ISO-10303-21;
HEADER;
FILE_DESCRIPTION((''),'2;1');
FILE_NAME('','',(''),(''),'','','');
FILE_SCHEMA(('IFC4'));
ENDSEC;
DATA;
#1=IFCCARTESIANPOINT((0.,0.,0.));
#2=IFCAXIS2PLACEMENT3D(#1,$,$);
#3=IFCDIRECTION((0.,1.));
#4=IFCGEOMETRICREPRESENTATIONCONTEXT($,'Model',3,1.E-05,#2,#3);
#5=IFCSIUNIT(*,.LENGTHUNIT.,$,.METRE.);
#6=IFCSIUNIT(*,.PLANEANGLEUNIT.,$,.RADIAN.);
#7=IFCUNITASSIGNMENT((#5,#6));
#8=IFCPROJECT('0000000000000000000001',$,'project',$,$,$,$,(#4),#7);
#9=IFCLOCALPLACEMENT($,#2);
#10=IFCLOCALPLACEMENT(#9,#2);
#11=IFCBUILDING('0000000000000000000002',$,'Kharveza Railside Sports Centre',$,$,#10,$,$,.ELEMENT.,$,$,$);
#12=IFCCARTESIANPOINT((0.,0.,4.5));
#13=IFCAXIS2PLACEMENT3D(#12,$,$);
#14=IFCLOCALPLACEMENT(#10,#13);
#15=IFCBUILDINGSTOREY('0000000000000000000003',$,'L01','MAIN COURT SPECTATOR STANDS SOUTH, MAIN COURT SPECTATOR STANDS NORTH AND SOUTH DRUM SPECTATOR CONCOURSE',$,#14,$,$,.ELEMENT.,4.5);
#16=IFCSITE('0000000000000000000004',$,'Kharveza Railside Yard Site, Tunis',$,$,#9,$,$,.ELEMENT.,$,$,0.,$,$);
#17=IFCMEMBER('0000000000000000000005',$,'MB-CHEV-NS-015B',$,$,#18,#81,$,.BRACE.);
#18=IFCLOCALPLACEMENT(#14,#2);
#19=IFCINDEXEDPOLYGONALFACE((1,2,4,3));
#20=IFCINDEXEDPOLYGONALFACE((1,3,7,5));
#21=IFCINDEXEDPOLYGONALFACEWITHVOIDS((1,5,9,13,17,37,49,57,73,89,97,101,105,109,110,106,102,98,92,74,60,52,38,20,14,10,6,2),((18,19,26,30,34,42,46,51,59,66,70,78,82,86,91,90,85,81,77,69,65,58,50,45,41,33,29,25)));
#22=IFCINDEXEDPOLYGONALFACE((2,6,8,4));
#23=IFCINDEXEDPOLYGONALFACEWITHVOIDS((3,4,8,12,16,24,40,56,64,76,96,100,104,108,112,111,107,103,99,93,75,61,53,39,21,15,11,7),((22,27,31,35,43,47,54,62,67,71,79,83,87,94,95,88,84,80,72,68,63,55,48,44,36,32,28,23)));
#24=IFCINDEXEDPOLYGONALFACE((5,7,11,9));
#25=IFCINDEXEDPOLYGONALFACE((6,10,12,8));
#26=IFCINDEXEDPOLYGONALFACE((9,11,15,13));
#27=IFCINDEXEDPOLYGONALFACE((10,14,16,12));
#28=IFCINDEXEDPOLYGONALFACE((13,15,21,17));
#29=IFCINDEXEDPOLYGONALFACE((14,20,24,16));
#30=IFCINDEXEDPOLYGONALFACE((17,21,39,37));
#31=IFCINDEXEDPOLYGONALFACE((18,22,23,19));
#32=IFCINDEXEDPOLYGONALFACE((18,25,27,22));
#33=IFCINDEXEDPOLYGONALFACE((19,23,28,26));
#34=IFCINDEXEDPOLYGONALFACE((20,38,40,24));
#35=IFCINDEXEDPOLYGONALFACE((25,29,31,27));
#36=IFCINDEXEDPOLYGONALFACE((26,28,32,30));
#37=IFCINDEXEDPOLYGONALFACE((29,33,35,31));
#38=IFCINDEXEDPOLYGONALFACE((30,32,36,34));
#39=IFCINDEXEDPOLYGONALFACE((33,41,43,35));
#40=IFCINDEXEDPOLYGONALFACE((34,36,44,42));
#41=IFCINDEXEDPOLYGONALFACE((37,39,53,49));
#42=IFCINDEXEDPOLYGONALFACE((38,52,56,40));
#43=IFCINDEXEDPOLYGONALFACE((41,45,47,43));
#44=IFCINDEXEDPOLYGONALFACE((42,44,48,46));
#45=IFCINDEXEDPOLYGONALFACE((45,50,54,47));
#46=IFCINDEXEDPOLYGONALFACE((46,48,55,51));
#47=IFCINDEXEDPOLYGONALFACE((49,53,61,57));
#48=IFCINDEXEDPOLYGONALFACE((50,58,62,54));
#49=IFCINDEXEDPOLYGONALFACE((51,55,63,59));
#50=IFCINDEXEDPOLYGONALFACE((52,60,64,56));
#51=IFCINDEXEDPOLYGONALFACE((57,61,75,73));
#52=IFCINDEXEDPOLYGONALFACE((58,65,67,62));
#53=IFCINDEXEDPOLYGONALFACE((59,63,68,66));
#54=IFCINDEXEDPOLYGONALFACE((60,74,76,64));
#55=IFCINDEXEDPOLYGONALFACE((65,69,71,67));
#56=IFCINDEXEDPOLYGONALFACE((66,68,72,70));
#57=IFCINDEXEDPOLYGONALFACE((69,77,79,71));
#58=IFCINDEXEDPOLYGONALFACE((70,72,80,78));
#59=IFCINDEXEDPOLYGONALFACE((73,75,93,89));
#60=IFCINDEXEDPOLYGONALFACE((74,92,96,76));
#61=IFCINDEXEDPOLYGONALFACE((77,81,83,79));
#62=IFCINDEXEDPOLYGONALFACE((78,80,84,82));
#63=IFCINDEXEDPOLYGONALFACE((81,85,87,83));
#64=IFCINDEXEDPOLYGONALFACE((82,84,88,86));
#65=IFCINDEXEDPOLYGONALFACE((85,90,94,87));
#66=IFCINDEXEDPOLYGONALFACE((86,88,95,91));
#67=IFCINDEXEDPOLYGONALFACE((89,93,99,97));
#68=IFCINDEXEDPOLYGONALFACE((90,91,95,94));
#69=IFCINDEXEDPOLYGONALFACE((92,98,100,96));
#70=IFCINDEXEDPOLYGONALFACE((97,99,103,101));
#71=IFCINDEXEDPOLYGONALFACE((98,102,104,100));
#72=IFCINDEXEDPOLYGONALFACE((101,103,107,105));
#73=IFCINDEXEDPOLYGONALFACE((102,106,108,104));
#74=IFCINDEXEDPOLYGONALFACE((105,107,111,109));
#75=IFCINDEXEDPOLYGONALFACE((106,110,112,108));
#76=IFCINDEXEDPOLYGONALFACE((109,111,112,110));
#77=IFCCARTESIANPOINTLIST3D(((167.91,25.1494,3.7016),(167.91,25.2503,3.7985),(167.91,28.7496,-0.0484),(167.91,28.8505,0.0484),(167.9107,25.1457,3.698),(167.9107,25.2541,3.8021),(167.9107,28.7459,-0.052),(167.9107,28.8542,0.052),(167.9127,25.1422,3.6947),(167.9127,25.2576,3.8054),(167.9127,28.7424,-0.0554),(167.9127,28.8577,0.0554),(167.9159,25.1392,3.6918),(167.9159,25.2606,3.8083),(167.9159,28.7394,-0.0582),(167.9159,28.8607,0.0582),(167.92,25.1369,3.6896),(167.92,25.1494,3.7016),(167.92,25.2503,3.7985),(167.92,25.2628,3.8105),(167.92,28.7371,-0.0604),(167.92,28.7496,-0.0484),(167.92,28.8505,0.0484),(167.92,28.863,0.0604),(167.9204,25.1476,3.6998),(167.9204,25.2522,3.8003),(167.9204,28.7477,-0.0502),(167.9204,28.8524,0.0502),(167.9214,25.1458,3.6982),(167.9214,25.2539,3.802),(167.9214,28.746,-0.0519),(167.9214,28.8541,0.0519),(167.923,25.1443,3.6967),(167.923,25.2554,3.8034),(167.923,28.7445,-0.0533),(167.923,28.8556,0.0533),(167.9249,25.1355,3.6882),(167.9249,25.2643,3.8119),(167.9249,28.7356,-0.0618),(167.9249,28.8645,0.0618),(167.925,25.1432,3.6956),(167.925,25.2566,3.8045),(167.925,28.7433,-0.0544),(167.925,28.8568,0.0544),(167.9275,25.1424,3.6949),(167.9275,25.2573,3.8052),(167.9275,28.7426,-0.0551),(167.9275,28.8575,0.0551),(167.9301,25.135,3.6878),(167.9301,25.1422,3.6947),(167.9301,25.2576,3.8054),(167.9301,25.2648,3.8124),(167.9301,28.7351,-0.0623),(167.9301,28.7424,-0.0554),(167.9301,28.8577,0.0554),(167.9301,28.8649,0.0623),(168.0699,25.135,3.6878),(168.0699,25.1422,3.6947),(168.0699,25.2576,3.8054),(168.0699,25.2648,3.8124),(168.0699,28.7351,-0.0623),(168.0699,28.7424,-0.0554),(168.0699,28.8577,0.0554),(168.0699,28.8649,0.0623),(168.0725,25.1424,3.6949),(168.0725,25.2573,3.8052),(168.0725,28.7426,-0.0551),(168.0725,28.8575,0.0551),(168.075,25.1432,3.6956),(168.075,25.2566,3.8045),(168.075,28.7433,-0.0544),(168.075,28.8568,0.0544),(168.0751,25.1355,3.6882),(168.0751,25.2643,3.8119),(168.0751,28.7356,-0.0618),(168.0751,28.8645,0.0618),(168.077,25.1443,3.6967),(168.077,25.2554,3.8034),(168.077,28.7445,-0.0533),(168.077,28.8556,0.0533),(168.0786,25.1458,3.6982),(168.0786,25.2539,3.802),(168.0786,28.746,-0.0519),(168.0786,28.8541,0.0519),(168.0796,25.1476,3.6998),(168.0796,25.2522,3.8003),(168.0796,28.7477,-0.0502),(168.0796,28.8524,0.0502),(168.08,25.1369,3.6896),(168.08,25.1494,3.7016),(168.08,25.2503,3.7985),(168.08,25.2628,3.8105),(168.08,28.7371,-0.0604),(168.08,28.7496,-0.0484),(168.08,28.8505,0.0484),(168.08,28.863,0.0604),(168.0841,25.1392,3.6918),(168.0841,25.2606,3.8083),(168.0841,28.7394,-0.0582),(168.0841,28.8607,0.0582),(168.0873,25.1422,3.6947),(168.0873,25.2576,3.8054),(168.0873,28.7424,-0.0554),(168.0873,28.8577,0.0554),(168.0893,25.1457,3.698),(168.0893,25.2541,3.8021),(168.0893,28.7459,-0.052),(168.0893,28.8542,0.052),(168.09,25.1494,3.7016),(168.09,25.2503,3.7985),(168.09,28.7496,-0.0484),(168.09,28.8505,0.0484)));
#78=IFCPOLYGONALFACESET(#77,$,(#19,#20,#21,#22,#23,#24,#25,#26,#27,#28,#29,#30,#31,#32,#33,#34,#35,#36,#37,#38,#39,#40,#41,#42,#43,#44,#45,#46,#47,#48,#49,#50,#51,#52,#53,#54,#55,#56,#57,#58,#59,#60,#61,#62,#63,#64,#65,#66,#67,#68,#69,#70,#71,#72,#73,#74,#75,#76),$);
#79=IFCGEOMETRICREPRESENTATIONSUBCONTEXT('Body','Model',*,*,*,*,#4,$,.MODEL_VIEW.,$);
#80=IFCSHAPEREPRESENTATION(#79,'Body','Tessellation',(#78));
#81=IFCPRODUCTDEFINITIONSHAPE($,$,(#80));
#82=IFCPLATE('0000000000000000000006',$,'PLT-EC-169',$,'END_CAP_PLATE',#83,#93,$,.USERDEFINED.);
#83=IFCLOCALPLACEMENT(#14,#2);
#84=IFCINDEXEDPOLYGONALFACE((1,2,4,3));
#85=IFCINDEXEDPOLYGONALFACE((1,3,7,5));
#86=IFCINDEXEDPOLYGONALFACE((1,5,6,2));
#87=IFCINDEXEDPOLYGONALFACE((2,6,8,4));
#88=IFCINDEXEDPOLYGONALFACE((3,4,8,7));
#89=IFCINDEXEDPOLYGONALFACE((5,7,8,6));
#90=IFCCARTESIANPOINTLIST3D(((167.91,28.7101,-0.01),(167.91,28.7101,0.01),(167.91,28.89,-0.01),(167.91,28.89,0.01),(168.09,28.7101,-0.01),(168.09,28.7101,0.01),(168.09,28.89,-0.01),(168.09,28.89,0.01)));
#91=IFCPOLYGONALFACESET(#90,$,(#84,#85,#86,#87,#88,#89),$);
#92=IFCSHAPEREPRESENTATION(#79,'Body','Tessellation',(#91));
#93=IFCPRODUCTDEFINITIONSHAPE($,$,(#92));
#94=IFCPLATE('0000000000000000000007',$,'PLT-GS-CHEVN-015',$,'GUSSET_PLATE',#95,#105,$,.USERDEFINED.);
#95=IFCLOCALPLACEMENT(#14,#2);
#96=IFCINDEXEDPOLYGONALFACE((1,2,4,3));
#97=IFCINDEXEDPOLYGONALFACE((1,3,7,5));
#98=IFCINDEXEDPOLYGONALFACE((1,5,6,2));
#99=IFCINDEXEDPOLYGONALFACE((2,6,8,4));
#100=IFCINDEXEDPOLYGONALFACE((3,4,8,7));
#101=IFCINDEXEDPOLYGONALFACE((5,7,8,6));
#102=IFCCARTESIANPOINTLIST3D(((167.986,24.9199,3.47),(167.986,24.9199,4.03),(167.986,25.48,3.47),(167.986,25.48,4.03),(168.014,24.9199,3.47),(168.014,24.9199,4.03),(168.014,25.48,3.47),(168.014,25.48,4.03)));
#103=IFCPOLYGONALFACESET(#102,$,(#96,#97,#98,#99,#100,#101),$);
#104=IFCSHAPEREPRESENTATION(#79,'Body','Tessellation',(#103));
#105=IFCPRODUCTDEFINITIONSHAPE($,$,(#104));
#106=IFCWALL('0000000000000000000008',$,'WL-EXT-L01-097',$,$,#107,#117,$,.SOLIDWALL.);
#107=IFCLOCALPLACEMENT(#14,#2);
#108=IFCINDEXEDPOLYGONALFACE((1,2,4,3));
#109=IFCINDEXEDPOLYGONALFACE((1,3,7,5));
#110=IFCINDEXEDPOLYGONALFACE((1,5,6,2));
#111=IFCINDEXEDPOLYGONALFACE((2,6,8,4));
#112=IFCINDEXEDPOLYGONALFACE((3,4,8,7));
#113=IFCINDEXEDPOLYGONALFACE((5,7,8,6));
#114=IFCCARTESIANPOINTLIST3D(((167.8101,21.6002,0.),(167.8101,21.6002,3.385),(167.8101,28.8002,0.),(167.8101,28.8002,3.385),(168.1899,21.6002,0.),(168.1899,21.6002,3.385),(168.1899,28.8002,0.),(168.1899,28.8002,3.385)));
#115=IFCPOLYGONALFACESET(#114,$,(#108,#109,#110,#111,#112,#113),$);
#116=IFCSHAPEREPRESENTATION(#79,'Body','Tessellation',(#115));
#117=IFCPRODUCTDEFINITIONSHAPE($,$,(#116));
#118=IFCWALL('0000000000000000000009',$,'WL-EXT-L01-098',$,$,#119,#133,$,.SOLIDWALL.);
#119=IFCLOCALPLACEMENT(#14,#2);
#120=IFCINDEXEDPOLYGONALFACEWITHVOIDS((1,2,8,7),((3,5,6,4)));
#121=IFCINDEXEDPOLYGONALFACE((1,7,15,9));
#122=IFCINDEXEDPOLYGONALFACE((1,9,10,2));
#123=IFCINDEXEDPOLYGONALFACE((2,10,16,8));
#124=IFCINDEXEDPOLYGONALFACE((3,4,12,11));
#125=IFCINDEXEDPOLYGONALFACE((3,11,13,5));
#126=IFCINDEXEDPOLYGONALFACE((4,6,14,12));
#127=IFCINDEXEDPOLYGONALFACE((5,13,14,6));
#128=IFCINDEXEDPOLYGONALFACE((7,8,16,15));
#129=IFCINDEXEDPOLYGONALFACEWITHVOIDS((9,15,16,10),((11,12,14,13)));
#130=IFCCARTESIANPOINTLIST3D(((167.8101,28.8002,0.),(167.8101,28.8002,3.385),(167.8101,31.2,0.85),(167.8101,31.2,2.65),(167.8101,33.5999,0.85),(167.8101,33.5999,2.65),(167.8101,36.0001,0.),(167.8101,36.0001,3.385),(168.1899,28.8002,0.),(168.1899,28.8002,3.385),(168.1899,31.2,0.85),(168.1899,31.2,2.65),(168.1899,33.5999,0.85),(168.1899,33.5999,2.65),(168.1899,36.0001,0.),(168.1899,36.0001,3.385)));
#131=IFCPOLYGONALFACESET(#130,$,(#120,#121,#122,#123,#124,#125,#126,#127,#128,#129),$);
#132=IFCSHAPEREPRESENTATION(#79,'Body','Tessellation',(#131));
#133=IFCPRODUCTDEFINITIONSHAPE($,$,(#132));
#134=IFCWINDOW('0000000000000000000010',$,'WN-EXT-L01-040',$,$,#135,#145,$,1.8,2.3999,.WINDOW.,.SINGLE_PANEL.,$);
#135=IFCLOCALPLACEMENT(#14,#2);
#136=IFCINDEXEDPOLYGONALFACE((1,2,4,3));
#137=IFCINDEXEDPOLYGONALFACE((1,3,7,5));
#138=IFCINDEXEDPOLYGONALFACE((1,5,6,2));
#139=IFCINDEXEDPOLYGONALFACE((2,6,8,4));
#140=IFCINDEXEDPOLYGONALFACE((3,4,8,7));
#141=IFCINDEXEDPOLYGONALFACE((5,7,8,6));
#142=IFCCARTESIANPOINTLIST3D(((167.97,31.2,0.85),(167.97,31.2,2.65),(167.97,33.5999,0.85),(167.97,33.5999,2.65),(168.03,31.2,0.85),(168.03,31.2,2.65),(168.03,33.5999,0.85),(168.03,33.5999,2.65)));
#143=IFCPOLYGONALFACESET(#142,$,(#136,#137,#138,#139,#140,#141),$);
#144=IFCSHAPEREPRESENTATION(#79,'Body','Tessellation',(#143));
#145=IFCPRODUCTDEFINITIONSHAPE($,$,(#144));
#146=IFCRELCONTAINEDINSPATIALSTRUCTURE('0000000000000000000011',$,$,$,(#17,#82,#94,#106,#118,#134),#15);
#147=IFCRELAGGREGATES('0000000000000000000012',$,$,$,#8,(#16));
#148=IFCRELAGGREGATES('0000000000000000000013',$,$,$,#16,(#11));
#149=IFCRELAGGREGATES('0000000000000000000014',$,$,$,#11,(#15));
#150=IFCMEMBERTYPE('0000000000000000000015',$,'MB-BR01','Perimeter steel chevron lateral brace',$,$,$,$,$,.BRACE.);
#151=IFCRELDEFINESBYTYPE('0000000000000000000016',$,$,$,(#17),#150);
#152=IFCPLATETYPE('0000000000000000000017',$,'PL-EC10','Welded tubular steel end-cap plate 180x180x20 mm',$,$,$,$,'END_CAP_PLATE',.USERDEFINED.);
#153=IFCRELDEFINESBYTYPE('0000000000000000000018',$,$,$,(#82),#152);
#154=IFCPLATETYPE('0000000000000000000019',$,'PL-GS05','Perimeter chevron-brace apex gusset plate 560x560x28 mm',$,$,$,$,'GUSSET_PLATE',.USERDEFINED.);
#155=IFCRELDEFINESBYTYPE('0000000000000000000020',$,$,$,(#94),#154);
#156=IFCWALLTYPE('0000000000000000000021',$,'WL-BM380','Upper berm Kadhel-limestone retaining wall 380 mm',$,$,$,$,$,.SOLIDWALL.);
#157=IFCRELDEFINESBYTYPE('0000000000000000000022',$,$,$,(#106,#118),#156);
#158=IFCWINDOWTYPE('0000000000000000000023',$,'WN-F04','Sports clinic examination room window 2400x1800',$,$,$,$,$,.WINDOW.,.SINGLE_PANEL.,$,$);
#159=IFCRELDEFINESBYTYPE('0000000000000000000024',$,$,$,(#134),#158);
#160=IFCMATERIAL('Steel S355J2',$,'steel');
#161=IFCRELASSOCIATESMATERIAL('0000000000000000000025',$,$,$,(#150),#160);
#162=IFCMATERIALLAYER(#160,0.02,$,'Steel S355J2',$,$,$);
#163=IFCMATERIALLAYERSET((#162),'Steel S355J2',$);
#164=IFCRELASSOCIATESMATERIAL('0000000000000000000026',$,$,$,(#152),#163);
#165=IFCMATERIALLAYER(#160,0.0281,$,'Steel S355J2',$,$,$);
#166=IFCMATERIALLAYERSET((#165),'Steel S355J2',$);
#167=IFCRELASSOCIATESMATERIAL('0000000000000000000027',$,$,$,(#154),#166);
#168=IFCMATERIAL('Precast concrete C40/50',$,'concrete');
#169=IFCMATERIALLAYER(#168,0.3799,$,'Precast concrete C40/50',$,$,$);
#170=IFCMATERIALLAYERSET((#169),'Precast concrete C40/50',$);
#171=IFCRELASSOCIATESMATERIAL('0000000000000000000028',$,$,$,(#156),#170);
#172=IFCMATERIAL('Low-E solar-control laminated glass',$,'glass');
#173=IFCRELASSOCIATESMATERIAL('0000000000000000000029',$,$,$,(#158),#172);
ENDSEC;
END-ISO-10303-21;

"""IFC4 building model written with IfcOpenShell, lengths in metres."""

from ifc_helpers import new_model, si_unit, direction, frame, frame_2d, origin, origin_2d, place, context, subcontext, project, spatial, rectangle, hollow_rectangle, extrude, material, layer, layer_set, material_profile, profile_set, type_object, element, fill, save


model = new_model("IFC4")

# Units and contexts
model_context = context("Model", 3, precision=1e-05, world=origin(), true_north=direction((0.0, 1.0)))
body_context = subcontext(model_context, "Body", "Model", "MODEL_VIEW")
ifc_project = project(units=[si_unit("LENGTHUNIT", "METRE"), si_unit("PLANEANGLEUNIT", "RADIAN")], contexts=[model_context])

# Site, building, storey
site_placement = place(None, origin())
site = spatial("IfcSite", under=ifc_project, at=site_placement, Name="Kharveza Railside Yard Site, Tunis", CompositionType="ELEMENT", RefElevation=0.0)
building_placement = place(site_placement, origin())
building = spatial("IfcBuilding", under=site, at=building_placement, Name="Kharveza Railside Sports Centre", CompositionType="ELEMENT")
storey_placement = place(building_placement, frame((0.0, 0.0, 4.5)))
storey = spatial("IfcBuildingStorey", under=building, at=storey_placement, Name="L01", Description="MAIN COURT SPECTATOR STANDS SOUTH, MAIN COURT SPECTATOR STANDS NORTH AND SOUTH DRUM SPECTATOR CONCOURSE", CompositionType="ELEMENT", Elevation=4.5)

# Shared definitions
ifc_material_1 = material(Name="Steel S355J2", Category="steel")

# Member
ifc_material_profile_1 = material_profile(ifc_material_1, hollow_rectangle(XDim=0.1799, YDim=0.1799, WallThickness=0.01, InnerFilletRadius=0.01, OuterFilletRadius=0.02, at=origin_2d()), Name="SHS 180x180x10.0")
ifc_profile_set_1 = profile_set([ifc_material_profile_1], Name="Steel S355J2")
member_type = type_object("IfcMemberType", Name="MB-BR01", Description="Perimeter steel chevron lateral brace", PredefinedType="BRACE", material=ifc_profile_set_1)
member_placement = place(storey_placement, frame((168.0, 28.8, 0.0), z_axis=(0.0, -0.692542, 0.721378), x_axis=(1.0, 0.0, 0.0)))
element("IfcMember", 1, at=member_placement, inside=storey, type_object=member_type, Name="MB-CHEV-NS-015B", PredefinedType="BRACE", context=body_context, shape_type="SweptSolid", body=[
    extrude(hollow_rectangle(XDim=0.1799, YDim=0.1799, WallThickness=0.01, InnerFilletRadius=0.01, OuterFilletRadius=0.02, at=origin_2d()), origin(), (0.0, 0.0, 1.0), 5.1985),
])

# Plates
ifc_layer_1 = layer(ifc_material_1, 0.02, Name="Steel S355J2")
ifc_layer_set_1 = layer_set([ifc_layer_1], Name="Steel S355J2")
plate_type_1 = type_object("IfcPlateType", Name="PL-EC10", Description="Welded tubular steel end-cap plate 180x180x20 mm", ElementType="END_CAP_PLATE", PredefinedType="USERDEFINED", material=ifc_layer_set_1)
plate_1_placement = place(storey_placement, frame((168.0, 28.8, -0.01), z_axis=(0.0, 0.0, 1.0), x_axis=(1.0, 0.0, 0.0)))
element("IfcPlate", 2, at=plate_1_placement, inside=storey, type_object=plate_type_1, Name="PLT-EC-169", ObjectType="END_CAP_PLATE", PredefinedType="USERDEFINED", context=body_context, shape_type="SweptSolid", body=[
    extrude(rectangle(XDim=0.1799, YDim=0.1799, at=origin_2d()), origin(), (0.0, 0.0, 1.0), 0.02),
])
ifc_layer_2 = layer(ifc_material_1, 0.0281, Name="Steel S355J2")
ifc_layer_set_2 = layer_set([ifc_layer_2], Name="Steel S355J2")
plate_type_2 = type_object("IfcPlateType", Name="PL-GS05", Description="Perimeter chevron-brace apex gusset plate 560x560x28 mm", ElementType="GUSSET_PLATE", PredefinedType="USERDEFINED", material=ifc_layer_set_2)
plate_2_placement = place(storey_placement, frame((168.0, 25.2, 3.47), z_axis=(0.0, 0.0, 1.0), x_axis=(1.0, 0.0, 0.0)))
element("IfcPlate", 3, at=plate_2_placement, inside=storey, type_object=plate_type_2, Name="PLT-GS-CHEVN-015", ObjectType="GUSSET_PLATE", PredefinedType="USERDEFINED", context=body_context, shape_type="SweptSolid", body=[
    extrude(rectangle(XDim=0.0281, YDim=0.5601, at=origin_2d()), origin(), (0.0, 0.0, 1.0), 0.5601),
])

# Wall
ifc_material_2 = material(Name="Precast concrete C40/50", Category="concrete")
ifc_layer_3 = layer(ifc_material_2, 0.3799, Name="Precast concrete C40/50")
ifc_layer_set_3 = layer_set([ifc_layer_3], Name="Precast concrete C40/50")
wall_type = type_object("IfcWallType", Name="WL-BM380", Description="Upper berm Kadhel-limestone retaining wall 380 mm", PredefinedType="SOLIDWALL", material=ifc_layer_set_3)
wall_1_placement = place(storey_placement, frame((168.0, 21.6001, 0.0), z_axis=(0.0, 0.0, 1.0), x_axis=(0.0, 1.0, 0.0)))
element("IfcWall", 4, at=wall_1_placement, inside=storey, type_object=wall_type, Name="WL-EXT-L01-097", PredefinedType="SOLIDWALL", context=body_context, shape_type="SweptSolid", body=[
    extrude(rectangle(XDim=7.2, YDim=0.3799, at=frame_2d((3.6001, 0.0))), origin(), (0.0, 0.0, 1.0), 3.385),
])

# Wall, opening, window
wall_2_placement = place(storey_placement, frame((168.0, 28.8, 0.0), z_axis=(0.0, 0.0, 1.0), x_axis=(0.0, 1.0, 0.0)))
wall_2 = element("IfcWall", 5, at=wall_2_placement, inside=storey, type_object=wall_type, Name="WL-EXT-L01-098", PredefinedType="SOLIDWALL", context=body_context, shape_type="SweptSolid", body=[
    extrude(rectangle(XDim=7.2, YDim=0.3799, at=frame_2d((3.6001, 0.0))), origin(), (0.0, 0.0, 1.0), 3.385),
])
opening_placement = place(wall_2_placement, frame((2.3999, 0.0, 0.8501)))
opening = element("IfcOpeningElement", 6, at=opening_placement, cuts=wall_2, PredefinedType="OPENING", context=body_context, shape_type="SweptSolid", body=[
    extrude(rectangle(XDim=2.3999, YDim=1.8, at=frame_2d((1.2, 0.8999))), frame((0.0, 0.2148, 0.0), z_axis=(0.0, -1.0, 0.0), x_axis=(1.0, 0.0, 0.0)), (0.0, 0.0, 1.0), 0.4297),
])
ifc_material_3 = material(Name="Low-E solar-control laminated glass", Category="glass")
window_type = type_object("IfcWindowType", Name="WN-F04", Description="Sports clinic examination room window 2400x1800", PartitioningType="SINGLE_PANEL", PredefinedType="WINDOW", material=ifc_material_3)
window_placement = place(opening_placement, origin())
window = element("IfcWindow", 7, at=window_placement, inside=storey, type_object=window_type, Name="WN-EXT-L01-040", OverallHeight=1.8, OverallWidth=2.3999, PartitioningType="SINGLE_PANEL", PredefinedType="WINDOW", context=body_context, shape_type="SweptSolid", body=[
    extrude(rectangle(XDim=2.3999, YDim=1.8, at=frame_2d((1.2, 0.8999))), frame((0.0, 0.03, 0.0), z_axis=(0.0, -1.0, 0.0), x_axis=(1.0, 0.0, 0.0)), (0.0, 0.0, 1.0), 0.0601),
])
fill(opening, window)

save(model, "model.ifc")
